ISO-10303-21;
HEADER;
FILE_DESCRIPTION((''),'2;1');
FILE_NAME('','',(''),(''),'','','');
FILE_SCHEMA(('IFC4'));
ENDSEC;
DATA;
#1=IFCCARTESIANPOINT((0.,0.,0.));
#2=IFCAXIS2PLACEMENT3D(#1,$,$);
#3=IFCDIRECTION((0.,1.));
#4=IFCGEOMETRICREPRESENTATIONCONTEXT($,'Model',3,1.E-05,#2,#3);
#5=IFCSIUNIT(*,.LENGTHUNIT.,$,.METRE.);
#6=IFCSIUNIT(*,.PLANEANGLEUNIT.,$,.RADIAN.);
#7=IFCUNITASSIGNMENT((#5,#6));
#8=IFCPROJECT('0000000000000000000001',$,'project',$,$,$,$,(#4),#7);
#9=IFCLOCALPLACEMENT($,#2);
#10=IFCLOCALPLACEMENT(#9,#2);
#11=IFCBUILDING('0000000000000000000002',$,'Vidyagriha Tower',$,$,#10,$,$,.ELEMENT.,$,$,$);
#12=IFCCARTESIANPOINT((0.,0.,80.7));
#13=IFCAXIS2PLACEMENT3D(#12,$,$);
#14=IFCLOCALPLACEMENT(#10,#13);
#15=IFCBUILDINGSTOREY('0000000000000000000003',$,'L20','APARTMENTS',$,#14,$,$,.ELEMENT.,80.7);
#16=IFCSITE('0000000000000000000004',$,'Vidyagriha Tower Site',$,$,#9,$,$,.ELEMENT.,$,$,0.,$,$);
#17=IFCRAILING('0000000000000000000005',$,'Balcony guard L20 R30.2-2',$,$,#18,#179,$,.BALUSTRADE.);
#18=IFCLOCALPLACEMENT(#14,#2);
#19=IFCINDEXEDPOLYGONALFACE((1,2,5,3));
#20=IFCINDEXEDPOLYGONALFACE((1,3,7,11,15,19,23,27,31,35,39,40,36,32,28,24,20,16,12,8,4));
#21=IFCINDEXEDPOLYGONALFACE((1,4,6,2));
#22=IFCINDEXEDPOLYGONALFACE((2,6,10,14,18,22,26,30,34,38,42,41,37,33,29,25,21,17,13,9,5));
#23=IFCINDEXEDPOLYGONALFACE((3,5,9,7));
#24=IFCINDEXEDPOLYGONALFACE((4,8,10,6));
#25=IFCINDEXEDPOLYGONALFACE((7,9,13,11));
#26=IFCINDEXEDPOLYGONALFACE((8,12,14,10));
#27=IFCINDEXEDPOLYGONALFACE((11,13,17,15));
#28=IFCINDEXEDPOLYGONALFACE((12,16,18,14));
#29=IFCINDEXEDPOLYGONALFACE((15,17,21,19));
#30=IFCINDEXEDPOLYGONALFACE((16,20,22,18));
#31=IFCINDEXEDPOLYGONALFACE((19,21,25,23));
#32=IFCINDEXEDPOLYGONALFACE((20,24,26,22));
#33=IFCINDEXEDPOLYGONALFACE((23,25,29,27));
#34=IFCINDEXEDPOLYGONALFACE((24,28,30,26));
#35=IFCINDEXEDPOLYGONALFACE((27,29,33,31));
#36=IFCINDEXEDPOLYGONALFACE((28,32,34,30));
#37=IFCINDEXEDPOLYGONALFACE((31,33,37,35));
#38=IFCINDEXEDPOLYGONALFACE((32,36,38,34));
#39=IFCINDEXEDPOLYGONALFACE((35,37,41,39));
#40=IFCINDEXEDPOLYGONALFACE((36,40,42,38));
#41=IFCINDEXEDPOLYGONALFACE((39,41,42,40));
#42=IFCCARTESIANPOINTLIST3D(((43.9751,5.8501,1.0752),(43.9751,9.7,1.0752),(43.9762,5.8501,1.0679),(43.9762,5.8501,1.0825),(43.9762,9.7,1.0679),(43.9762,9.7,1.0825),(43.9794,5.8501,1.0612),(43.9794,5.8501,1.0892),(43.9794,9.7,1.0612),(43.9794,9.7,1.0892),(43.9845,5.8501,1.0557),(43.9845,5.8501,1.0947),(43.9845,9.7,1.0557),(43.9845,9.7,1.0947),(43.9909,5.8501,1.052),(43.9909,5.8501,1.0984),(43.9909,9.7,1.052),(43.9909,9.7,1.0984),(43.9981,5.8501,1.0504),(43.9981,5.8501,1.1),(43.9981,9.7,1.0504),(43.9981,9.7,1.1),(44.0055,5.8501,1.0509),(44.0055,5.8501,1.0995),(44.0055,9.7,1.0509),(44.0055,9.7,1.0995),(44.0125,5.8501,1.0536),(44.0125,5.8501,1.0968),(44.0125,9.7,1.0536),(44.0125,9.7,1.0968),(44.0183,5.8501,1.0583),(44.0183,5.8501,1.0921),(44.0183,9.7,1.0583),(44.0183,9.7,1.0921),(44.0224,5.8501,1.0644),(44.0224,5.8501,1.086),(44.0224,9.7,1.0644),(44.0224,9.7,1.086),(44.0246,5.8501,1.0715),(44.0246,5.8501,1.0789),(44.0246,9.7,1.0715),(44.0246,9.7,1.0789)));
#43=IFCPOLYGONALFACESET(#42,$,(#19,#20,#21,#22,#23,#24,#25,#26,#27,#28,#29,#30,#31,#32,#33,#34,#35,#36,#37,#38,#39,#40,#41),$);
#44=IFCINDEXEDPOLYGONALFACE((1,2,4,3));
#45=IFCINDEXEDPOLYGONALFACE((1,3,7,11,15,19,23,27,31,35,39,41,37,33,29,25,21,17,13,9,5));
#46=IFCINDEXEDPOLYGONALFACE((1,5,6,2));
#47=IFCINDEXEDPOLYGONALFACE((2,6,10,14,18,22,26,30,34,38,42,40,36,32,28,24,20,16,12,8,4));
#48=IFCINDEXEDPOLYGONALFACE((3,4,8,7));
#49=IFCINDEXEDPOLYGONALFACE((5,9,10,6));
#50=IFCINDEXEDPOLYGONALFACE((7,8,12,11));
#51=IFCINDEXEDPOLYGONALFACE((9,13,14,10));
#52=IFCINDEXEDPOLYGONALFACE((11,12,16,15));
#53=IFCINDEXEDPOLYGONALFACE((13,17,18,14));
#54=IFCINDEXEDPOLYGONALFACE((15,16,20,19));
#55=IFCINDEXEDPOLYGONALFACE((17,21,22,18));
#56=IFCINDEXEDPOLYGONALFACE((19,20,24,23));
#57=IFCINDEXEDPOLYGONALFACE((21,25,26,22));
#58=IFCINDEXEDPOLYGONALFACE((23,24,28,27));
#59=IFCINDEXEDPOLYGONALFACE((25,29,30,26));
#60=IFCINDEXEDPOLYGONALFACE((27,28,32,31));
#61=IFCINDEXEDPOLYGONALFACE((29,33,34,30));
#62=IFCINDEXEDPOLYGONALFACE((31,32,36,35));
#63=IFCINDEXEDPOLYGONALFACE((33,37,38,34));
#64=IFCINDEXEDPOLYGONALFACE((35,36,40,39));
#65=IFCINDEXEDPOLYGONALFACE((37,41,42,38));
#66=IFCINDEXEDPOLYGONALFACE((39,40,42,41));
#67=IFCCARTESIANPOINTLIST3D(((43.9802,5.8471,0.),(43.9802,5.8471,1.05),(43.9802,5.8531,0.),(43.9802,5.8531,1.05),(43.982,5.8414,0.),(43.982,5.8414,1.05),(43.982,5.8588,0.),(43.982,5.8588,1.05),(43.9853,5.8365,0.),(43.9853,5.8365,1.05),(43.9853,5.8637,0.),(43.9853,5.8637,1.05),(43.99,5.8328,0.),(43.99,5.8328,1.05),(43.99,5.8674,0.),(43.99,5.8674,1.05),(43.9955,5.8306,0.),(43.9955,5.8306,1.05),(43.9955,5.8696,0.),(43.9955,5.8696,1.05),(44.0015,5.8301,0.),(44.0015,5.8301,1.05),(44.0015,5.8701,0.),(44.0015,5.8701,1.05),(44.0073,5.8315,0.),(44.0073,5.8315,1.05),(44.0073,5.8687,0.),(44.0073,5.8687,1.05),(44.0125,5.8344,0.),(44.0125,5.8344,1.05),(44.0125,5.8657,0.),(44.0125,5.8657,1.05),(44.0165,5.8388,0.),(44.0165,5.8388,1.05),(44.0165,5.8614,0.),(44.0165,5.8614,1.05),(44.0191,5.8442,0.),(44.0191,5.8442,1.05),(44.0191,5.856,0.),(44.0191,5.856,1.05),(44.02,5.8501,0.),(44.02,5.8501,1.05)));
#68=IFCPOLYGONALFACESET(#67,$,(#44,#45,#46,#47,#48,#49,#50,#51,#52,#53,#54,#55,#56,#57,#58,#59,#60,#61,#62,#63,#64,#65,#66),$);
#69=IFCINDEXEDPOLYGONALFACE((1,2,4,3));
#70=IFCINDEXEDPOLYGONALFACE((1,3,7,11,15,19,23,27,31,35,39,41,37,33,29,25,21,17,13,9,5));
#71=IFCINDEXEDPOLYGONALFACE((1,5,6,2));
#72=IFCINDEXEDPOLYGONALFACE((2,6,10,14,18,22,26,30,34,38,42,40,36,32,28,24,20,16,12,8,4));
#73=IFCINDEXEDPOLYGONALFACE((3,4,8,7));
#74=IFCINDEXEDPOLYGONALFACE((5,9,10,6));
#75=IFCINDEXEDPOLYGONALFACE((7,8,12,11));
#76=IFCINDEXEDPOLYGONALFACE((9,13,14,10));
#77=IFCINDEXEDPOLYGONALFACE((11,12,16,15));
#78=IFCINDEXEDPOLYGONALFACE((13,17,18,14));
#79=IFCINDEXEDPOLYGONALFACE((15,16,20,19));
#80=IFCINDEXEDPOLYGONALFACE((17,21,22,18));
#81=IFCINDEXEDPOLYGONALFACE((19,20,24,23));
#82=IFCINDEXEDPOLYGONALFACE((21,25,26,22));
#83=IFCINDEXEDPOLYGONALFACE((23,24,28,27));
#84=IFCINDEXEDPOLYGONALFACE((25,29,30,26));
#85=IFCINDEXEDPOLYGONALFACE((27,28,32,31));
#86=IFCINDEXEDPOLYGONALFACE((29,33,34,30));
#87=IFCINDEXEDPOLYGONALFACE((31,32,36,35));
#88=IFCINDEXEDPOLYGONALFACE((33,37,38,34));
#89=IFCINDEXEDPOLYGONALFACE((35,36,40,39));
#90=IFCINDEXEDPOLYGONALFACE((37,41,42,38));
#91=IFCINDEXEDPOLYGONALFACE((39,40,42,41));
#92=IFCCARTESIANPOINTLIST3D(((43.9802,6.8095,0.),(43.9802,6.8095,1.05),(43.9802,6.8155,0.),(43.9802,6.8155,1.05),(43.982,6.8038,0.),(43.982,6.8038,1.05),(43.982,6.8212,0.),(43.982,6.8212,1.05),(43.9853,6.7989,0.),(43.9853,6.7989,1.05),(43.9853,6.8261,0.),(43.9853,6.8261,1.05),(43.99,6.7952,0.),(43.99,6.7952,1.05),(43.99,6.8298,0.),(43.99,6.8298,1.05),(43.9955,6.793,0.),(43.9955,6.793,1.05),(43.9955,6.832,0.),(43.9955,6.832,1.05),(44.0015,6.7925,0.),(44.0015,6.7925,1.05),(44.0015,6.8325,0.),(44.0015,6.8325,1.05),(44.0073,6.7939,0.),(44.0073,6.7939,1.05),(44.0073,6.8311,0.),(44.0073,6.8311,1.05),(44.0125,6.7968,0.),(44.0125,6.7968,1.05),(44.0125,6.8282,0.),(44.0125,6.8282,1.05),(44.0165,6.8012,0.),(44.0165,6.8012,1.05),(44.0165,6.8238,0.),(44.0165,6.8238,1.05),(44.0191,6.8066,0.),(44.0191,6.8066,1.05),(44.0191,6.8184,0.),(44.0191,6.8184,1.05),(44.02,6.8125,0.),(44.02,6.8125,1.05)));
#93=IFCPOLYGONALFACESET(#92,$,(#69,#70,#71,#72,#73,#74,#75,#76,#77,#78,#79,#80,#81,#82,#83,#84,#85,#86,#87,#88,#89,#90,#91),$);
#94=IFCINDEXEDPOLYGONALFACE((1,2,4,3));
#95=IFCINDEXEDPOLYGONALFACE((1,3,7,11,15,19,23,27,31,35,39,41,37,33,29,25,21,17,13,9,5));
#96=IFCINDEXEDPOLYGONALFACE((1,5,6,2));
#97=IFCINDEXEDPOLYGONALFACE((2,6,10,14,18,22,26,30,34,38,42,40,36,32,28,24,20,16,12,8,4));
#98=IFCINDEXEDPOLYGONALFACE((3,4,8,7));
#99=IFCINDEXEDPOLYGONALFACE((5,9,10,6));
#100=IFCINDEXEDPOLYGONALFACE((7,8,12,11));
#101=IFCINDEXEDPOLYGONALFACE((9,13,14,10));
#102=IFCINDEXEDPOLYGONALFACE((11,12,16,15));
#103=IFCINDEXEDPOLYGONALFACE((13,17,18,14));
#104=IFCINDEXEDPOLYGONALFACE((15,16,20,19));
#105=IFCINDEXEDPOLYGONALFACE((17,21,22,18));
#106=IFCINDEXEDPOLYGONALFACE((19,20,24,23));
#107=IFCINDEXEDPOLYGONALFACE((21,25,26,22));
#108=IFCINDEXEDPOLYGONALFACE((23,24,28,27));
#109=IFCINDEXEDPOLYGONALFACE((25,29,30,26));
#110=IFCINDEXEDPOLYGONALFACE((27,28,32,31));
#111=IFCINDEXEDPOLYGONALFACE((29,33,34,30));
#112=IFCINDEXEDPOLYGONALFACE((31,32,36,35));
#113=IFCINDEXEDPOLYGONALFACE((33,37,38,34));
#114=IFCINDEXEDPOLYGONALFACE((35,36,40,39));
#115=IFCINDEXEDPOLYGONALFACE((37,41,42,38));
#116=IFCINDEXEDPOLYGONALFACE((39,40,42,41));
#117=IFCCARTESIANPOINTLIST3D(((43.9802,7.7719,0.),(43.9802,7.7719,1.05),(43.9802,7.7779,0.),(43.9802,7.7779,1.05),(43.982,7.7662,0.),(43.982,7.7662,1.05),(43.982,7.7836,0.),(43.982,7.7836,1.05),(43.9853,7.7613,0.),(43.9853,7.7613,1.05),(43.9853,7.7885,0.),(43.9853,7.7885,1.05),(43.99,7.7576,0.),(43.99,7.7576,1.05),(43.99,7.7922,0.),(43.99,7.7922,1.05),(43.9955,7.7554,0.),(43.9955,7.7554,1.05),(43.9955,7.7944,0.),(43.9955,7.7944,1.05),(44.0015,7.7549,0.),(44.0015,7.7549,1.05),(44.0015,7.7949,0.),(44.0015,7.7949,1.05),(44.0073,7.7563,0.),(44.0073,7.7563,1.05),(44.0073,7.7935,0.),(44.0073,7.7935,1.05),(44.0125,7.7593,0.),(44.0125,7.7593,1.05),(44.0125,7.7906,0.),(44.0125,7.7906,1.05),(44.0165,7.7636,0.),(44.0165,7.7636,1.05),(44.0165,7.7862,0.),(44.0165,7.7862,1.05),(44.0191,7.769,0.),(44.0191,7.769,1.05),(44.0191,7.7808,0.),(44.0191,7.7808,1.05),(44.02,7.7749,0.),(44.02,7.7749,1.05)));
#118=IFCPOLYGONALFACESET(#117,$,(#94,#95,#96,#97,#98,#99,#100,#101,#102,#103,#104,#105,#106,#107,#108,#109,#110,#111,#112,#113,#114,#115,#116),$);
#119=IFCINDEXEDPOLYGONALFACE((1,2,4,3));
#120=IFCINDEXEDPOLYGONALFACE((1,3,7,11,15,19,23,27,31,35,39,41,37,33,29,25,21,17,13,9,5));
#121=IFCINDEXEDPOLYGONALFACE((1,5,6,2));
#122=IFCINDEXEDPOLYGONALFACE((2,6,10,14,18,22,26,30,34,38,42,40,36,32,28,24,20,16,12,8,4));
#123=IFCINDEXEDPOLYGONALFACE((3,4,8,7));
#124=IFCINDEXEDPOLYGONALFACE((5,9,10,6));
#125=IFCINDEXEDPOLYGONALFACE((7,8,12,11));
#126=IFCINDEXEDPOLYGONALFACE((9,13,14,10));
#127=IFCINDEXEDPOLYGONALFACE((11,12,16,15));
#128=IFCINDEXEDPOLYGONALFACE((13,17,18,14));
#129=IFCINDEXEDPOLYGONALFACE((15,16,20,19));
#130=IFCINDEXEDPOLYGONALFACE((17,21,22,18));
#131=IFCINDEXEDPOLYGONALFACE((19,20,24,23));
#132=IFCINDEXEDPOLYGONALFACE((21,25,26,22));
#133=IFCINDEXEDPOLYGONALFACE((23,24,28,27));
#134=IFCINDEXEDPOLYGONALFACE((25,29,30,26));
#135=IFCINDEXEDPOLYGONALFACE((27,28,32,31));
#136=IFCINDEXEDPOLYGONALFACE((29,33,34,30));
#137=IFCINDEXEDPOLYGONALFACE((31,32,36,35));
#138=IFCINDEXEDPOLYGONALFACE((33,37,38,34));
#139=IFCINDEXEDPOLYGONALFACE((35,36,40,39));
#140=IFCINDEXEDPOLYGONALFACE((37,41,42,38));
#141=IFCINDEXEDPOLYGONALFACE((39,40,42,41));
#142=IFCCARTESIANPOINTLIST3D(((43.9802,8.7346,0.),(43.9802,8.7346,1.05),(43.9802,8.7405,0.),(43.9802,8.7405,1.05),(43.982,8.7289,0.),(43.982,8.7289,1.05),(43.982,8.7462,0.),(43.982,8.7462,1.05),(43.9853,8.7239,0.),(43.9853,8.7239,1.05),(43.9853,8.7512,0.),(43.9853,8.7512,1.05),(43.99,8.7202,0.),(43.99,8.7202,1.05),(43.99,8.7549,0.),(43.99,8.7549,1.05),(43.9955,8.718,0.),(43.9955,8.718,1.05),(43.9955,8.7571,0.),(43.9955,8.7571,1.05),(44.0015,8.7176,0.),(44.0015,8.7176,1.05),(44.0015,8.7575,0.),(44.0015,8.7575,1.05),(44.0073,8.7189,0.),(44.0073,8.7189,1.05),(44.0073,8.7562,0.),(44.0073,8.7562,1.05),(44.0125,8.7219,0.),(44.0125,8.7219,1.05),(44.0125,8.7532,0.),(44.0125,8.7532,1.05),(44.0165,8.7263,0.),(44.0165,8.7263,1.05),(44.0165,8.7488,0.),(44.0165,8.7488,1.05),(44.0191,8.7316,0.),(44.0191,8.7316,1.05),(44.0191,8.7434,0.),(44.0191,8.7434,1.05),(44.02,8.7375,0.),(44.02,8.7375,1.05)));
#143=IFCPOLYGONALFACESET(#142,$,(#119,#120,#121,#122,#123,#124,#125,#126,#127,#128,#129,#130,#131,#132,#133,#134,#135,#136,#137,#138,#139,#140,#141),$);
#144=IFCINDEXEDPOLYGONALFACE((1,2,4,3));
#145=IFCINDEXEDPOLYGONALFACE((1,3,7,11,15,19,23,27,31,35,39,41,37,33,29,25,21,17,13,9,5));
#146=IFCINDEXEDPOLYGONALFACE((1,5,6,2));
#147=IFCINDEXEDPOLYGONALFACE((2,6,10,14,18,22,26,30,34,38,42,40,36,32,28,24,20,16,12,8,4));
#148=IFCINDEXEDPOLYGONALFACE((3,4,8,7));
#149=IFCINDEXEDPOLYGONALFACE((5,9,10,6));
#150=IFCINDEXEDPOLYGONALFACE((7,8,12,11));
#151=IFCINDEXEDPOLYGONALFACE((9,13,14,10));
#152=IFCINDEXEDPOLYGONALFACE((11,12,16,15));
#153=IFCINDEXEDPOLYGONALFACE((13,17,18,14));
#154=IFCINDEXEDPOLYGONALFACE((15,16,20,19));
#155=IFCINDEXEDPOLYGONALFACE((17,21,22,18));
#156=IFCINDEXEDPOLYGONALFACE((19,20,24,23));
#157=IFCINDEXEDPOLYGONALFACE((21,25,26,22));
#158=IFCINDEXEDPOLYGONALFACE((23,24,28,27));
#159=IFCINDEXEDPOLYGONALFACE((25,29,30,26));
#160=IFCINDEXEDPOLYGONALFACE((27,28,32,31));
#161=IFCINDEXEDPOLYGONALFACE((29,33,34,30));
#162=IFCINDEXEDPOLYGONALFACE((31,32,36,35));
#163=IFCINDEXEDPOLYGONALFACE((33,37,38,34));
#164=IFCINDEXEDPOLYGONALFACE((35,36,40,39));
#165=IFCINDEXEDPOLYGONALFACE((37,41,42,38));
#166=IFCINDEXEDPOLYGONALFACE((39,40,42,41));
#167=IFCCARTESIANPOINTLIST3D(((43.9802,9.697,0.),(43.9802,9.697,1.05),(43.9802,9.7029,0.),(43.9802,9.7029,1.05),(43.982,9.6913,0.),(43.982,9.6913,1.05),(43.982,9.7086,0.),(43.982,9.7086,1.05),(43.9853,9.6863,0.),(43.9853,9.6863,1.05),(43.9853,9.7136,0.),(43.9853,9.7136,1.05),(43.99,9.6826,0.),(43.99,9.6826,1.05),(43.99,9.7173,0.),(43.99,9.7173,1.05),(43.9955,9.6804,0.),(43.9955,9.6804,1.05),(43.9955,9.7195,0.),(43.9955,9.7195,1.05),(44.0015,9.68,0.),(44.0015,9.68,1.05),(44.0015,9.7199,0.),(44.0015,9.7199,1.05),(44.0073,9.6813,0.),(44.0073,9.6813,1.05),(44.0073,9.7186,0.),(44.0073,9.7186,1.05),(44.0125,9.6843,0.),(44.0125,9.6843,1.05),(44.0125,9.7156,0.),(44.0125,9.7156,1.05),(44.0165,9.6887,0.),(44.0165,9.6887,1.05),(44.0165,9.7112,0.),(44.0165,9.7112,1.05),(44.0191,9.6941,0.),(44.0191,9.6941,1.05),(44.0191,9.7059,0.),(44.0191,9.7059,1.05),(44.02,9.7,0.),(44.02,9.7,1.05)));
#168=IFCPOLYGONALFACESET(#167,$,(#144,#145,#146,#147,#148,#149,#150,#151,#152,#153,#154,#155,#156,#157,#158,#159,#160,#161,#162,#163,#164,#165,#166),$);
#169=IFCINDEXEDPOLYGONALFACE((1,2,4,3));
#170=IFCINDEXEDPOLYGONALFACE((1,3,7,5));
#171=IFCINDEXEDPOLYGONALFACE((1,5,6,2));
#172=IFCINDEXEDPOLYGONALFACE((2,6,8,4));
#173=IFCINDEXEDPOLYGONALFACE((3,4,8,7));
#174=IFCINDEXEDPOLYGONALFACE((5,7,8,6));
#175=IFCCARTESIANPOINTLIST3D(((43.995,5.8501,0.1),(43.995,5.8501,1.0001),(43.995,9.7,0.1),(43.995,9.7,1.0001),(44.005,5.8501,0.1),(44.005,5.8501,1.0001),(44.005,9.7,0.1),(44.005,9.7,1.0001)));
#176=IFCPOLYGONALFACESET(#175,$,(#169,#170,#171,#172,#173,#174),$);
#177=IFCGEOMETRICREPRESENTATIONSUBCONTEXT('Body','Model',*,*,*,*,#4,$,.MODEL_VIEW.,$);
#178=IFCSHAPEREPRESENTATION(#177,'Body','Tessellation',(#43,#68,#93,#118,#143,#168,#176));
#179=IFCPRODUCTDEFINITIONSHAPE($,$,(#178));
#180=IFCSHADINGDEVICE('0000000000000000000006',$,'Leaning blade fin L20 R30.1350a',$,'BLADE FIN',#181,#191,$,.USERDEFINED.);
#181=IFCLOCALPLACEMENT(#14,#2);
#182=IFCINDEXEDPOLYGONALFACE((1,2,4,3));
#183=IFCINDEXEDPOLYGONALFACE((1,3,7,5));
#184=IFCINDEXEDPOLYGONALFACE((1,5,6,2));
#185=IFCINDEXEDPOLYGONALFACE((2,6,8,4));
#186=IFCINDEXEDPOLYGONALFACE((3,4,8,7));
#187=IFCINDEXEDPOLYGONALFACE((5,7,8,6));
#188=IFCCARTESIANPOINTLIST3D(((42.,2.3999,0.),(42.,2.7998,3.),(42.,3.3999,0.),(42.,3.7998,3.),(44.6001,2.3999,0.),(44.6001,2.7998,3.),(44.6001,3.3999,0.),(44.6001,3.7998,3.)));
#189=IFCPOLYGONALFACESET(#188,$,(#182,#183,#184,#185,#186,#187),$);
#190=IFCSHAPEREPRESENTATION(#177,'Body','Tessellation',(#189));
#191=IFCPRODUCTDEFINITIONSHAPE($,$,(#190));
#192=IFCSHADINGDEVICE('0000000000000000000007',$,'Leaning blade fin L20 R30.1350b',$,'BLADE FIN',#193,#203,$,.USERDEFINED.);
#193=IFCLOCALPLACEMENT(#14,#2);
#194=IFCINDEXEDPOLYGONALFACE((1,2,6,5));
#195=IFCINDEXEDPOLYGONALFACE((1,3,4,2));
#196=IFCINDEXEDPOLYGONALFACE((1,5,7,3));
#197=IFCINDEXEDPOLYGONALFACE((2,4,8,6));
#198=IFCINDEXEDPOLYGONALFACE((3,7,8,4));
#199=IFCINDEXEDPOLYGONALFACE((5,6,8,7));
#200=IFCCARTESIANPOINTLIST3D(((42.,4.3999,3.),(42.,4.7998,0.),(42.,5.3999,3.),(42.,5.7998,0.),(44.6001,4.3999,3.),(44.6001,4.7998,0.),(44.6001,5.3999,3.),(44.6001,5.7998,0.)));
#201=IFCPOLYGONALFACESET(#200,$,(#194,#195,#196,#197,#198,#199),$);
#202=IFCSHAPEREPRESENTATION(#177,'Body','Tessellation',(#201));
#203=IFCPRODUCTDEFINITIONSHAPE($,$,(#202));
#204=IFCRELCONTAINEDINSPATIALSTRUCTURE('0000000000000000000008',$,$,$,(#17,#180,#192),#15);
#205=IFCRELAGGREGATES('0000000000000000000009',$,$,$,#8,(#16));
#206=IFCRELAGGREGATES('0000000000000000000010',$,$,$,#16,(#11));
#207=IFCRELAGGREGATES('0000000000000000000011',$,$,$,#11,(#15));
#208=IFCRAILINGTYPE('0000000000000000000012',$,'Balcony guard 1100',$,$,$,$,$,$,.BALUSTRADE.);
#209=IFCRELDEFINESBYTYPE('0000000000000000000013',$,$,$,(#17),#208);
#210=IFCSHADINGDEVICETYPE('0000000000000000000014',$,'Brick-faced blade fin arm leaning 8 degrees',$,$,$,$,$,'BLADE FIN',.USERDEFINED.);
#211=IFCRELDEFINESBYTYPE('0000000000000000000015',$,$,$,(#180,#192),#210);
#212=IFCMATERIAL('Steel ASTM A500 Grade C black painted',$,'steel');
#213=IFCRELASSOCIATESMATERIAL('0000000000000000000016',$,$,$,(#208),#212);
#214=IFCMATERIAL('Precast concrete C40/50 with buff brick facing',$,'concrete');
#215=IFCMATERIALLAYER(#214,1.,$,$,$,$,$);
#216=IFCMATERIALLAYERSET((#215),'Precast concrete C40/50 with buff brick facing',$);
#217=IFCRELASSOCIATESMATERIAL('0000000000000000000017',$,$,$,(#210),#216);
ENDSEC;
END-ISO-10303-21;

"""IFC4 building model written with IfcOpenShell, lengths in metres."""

from ifc_helpers import new_model, si_unit, direction, frame, origin, origin_2d, place, context, subcontext, project, spatial, polyline, rectangle, circle, outline, extrude, material, layer, layer_set, type_object, element, save


model = new_model("IFC4")

# Units and contexts
model_context = context("Model", 3, precision=1e-05, world=origin(), true_north=direction((0.0, 1.0)))
body_context = subcontext(model_context, "Body", "Model", "MODEL_VIEW")
ifc_project = project(units=[si_unit("LENGTHUNIT", "METRE"), si_unit("PLANEANGLEUNIT", "RADIAN")], contexts=[model_context])

# Site, building, storey
site_placement = place(None, origin())
site = spatial("IfcSite", under=ifc_project, at=site_placement, Name="Vidyagriha Tower Site", CompositionType="ELEMENT", RefElevation=0.0)
building_placement = place(site_placement, origin())
building = spatial("IfcBuilding", under=site, at=building_placement, Name="Vidyagriha Tower", CompositionType="ELEMENT")
storey_placement = place(building_placement, frame((0.0, 0.0, 80.7)))
storey = spatial("IfcBuildingStorey", under=building, at=storey_placement, Name="L20", Description="APARTMENTS", CompositionType="ELEMENT", Elevation=80.7)

# Railing
ifc_material_1 = material(Name="Steel ASTM A500 Grade C black painted", Category="steel")
railing_type_1 = type_object("IfcRailingType", Name="Balcony guard 1100", PredefinedType="BALUSTRADE", material=ifc_material_1)
railing_1_placement = place(storey_placement, frame((44.0, 5.8501, 0.0)))
element("IfcRailing", 1, at=railing_1_placement, inside=storey, type_object=railing_type_1, Name="Balcony guard L20 R30.2-2", PredefinedType="BALUSTRADE", context=body_context, shape_type="SweptSolid", body=[
    extrude(circle(Radius=0.0249, at=origin_2d()), frame((0.0, 0.0, 1.0752), z_axis=(0.0, 1.0, 0.0), x_axis=(-1.0, 0.0, 0.0)), (0.0, 0.0, 1.0), 3.8499),
    extrude(circle(Radius=0.02, at=origin_2d()), origin(), (0.0, 0.0, 1.0), 1.05),
    extrude(circle(Radius=0.02, at=origin_2d()), frame((0.0, 0.9624, 0.0)), (0.0, 0.0, 1.0), 1.05),
    extrude(circle(Radius=0.02, at=origin_2d()), frame((0.0, 1.9248, 0.0)), (0.0, 0.0, 1.0), 1.05),
    extrude(circle(Radius=0.02, at=origin_2d()), frame((0.0, 2.8875, 0.0)), (0.0, 0.0, 1.0), 1.05),
    extrude(circle(Radius=0.02, at=origin_2d()), frame((0.0, 3.8499, 0.0)), (0.0, 0.0, 1.0), 1.05),
    extrude(rectangle(XDim=0.01, YDim=0.9001, at=origin_2d()), frame((0.0, 0.0, 0.55), z_axis=(0.0, 1.0, 0.0), x_axis=(-1.0, 0.0, 0.0)), (0.0, 0.0, 1.0), 3.8499),
])

# Shading devices
ifc_material_2 = material(Name="Precast concrete C40/50 with buff brick facing", Category="concrete")
ifc_layer_1 = layer(ifc_material_2, 1.0)
ifc_layer_set_1 = layer_set([ifc_layer_1], Name="Precast concrete C40/50 with buff brick facing")
shading_device_type_1 = type_object("IfcShadingDeviceType", Name="Brick-faced blade fin arm leaning 8 degrees", ElementType="BLADE FIN", PredefinedType="USERDEFINED", material=ifc_layer_set_1)
shading_device_1_placement = place(storey_placement, frame((43.3, 2.3999, 0.0), z_axis=(0.0, 0.0, 1.0), x_axis=(0.0, 1.0, 0.0)))
element("IfcShadingDevice", 2, at=shading_device_1_placement, inside=storey, type_object=shading_device_type_1, Name="Leaning blade fin L20 R30.1350a", ObjectType="BLADE FIN", PredefinedType="USERDEFINED", context=body_context, shape_type="SweptSolid", body=[
    extrude(outline(polyline([(0.0, 0.0), (1.0, 0.0), (1.3999, 3.0), (0.3999, 3.0), (0.0, 0.0)])), frame((0.0, 1.3, 0.0), z_axis=(0.0, -1.0, 0.0), x_axis=(1.0, 0.0, 0.0)), (0.0, 0.0, 1.0), 2.6001),
])
shading_device_2_placement = place(storey_placement, frame((43.3, 4.3999, 0.0), z_axis=(0.0, 0.0, 1.0), x_axis=(0.0, 1.0, 0.0)))
element("IfcShadingDevice", 3, at=shading_device_2_placement, inside=storey, type_object=shading_device_type_1, Name="Leaning blade fin L20 R30.1350b", ObjectType="BLADE FIN", PredefinedType="USERDEFINED", context=body_context, shape_type="SweptSolid", body=[
    extrude(outline(polyline([(0.3999, 0.0), (1.3999, 0.0), (1.0, 3.0), (0.0, 3.0), (0.3999, 0.0)])), frame((0.0, 1.3, 0.0), z_axis=(0.0, -1.0, 0.0), x_axis=(1.0, 0.0, 0.0)), (0.0, 0.0, 1.0), 2.6001),
])

save(model, "model.ifc")
